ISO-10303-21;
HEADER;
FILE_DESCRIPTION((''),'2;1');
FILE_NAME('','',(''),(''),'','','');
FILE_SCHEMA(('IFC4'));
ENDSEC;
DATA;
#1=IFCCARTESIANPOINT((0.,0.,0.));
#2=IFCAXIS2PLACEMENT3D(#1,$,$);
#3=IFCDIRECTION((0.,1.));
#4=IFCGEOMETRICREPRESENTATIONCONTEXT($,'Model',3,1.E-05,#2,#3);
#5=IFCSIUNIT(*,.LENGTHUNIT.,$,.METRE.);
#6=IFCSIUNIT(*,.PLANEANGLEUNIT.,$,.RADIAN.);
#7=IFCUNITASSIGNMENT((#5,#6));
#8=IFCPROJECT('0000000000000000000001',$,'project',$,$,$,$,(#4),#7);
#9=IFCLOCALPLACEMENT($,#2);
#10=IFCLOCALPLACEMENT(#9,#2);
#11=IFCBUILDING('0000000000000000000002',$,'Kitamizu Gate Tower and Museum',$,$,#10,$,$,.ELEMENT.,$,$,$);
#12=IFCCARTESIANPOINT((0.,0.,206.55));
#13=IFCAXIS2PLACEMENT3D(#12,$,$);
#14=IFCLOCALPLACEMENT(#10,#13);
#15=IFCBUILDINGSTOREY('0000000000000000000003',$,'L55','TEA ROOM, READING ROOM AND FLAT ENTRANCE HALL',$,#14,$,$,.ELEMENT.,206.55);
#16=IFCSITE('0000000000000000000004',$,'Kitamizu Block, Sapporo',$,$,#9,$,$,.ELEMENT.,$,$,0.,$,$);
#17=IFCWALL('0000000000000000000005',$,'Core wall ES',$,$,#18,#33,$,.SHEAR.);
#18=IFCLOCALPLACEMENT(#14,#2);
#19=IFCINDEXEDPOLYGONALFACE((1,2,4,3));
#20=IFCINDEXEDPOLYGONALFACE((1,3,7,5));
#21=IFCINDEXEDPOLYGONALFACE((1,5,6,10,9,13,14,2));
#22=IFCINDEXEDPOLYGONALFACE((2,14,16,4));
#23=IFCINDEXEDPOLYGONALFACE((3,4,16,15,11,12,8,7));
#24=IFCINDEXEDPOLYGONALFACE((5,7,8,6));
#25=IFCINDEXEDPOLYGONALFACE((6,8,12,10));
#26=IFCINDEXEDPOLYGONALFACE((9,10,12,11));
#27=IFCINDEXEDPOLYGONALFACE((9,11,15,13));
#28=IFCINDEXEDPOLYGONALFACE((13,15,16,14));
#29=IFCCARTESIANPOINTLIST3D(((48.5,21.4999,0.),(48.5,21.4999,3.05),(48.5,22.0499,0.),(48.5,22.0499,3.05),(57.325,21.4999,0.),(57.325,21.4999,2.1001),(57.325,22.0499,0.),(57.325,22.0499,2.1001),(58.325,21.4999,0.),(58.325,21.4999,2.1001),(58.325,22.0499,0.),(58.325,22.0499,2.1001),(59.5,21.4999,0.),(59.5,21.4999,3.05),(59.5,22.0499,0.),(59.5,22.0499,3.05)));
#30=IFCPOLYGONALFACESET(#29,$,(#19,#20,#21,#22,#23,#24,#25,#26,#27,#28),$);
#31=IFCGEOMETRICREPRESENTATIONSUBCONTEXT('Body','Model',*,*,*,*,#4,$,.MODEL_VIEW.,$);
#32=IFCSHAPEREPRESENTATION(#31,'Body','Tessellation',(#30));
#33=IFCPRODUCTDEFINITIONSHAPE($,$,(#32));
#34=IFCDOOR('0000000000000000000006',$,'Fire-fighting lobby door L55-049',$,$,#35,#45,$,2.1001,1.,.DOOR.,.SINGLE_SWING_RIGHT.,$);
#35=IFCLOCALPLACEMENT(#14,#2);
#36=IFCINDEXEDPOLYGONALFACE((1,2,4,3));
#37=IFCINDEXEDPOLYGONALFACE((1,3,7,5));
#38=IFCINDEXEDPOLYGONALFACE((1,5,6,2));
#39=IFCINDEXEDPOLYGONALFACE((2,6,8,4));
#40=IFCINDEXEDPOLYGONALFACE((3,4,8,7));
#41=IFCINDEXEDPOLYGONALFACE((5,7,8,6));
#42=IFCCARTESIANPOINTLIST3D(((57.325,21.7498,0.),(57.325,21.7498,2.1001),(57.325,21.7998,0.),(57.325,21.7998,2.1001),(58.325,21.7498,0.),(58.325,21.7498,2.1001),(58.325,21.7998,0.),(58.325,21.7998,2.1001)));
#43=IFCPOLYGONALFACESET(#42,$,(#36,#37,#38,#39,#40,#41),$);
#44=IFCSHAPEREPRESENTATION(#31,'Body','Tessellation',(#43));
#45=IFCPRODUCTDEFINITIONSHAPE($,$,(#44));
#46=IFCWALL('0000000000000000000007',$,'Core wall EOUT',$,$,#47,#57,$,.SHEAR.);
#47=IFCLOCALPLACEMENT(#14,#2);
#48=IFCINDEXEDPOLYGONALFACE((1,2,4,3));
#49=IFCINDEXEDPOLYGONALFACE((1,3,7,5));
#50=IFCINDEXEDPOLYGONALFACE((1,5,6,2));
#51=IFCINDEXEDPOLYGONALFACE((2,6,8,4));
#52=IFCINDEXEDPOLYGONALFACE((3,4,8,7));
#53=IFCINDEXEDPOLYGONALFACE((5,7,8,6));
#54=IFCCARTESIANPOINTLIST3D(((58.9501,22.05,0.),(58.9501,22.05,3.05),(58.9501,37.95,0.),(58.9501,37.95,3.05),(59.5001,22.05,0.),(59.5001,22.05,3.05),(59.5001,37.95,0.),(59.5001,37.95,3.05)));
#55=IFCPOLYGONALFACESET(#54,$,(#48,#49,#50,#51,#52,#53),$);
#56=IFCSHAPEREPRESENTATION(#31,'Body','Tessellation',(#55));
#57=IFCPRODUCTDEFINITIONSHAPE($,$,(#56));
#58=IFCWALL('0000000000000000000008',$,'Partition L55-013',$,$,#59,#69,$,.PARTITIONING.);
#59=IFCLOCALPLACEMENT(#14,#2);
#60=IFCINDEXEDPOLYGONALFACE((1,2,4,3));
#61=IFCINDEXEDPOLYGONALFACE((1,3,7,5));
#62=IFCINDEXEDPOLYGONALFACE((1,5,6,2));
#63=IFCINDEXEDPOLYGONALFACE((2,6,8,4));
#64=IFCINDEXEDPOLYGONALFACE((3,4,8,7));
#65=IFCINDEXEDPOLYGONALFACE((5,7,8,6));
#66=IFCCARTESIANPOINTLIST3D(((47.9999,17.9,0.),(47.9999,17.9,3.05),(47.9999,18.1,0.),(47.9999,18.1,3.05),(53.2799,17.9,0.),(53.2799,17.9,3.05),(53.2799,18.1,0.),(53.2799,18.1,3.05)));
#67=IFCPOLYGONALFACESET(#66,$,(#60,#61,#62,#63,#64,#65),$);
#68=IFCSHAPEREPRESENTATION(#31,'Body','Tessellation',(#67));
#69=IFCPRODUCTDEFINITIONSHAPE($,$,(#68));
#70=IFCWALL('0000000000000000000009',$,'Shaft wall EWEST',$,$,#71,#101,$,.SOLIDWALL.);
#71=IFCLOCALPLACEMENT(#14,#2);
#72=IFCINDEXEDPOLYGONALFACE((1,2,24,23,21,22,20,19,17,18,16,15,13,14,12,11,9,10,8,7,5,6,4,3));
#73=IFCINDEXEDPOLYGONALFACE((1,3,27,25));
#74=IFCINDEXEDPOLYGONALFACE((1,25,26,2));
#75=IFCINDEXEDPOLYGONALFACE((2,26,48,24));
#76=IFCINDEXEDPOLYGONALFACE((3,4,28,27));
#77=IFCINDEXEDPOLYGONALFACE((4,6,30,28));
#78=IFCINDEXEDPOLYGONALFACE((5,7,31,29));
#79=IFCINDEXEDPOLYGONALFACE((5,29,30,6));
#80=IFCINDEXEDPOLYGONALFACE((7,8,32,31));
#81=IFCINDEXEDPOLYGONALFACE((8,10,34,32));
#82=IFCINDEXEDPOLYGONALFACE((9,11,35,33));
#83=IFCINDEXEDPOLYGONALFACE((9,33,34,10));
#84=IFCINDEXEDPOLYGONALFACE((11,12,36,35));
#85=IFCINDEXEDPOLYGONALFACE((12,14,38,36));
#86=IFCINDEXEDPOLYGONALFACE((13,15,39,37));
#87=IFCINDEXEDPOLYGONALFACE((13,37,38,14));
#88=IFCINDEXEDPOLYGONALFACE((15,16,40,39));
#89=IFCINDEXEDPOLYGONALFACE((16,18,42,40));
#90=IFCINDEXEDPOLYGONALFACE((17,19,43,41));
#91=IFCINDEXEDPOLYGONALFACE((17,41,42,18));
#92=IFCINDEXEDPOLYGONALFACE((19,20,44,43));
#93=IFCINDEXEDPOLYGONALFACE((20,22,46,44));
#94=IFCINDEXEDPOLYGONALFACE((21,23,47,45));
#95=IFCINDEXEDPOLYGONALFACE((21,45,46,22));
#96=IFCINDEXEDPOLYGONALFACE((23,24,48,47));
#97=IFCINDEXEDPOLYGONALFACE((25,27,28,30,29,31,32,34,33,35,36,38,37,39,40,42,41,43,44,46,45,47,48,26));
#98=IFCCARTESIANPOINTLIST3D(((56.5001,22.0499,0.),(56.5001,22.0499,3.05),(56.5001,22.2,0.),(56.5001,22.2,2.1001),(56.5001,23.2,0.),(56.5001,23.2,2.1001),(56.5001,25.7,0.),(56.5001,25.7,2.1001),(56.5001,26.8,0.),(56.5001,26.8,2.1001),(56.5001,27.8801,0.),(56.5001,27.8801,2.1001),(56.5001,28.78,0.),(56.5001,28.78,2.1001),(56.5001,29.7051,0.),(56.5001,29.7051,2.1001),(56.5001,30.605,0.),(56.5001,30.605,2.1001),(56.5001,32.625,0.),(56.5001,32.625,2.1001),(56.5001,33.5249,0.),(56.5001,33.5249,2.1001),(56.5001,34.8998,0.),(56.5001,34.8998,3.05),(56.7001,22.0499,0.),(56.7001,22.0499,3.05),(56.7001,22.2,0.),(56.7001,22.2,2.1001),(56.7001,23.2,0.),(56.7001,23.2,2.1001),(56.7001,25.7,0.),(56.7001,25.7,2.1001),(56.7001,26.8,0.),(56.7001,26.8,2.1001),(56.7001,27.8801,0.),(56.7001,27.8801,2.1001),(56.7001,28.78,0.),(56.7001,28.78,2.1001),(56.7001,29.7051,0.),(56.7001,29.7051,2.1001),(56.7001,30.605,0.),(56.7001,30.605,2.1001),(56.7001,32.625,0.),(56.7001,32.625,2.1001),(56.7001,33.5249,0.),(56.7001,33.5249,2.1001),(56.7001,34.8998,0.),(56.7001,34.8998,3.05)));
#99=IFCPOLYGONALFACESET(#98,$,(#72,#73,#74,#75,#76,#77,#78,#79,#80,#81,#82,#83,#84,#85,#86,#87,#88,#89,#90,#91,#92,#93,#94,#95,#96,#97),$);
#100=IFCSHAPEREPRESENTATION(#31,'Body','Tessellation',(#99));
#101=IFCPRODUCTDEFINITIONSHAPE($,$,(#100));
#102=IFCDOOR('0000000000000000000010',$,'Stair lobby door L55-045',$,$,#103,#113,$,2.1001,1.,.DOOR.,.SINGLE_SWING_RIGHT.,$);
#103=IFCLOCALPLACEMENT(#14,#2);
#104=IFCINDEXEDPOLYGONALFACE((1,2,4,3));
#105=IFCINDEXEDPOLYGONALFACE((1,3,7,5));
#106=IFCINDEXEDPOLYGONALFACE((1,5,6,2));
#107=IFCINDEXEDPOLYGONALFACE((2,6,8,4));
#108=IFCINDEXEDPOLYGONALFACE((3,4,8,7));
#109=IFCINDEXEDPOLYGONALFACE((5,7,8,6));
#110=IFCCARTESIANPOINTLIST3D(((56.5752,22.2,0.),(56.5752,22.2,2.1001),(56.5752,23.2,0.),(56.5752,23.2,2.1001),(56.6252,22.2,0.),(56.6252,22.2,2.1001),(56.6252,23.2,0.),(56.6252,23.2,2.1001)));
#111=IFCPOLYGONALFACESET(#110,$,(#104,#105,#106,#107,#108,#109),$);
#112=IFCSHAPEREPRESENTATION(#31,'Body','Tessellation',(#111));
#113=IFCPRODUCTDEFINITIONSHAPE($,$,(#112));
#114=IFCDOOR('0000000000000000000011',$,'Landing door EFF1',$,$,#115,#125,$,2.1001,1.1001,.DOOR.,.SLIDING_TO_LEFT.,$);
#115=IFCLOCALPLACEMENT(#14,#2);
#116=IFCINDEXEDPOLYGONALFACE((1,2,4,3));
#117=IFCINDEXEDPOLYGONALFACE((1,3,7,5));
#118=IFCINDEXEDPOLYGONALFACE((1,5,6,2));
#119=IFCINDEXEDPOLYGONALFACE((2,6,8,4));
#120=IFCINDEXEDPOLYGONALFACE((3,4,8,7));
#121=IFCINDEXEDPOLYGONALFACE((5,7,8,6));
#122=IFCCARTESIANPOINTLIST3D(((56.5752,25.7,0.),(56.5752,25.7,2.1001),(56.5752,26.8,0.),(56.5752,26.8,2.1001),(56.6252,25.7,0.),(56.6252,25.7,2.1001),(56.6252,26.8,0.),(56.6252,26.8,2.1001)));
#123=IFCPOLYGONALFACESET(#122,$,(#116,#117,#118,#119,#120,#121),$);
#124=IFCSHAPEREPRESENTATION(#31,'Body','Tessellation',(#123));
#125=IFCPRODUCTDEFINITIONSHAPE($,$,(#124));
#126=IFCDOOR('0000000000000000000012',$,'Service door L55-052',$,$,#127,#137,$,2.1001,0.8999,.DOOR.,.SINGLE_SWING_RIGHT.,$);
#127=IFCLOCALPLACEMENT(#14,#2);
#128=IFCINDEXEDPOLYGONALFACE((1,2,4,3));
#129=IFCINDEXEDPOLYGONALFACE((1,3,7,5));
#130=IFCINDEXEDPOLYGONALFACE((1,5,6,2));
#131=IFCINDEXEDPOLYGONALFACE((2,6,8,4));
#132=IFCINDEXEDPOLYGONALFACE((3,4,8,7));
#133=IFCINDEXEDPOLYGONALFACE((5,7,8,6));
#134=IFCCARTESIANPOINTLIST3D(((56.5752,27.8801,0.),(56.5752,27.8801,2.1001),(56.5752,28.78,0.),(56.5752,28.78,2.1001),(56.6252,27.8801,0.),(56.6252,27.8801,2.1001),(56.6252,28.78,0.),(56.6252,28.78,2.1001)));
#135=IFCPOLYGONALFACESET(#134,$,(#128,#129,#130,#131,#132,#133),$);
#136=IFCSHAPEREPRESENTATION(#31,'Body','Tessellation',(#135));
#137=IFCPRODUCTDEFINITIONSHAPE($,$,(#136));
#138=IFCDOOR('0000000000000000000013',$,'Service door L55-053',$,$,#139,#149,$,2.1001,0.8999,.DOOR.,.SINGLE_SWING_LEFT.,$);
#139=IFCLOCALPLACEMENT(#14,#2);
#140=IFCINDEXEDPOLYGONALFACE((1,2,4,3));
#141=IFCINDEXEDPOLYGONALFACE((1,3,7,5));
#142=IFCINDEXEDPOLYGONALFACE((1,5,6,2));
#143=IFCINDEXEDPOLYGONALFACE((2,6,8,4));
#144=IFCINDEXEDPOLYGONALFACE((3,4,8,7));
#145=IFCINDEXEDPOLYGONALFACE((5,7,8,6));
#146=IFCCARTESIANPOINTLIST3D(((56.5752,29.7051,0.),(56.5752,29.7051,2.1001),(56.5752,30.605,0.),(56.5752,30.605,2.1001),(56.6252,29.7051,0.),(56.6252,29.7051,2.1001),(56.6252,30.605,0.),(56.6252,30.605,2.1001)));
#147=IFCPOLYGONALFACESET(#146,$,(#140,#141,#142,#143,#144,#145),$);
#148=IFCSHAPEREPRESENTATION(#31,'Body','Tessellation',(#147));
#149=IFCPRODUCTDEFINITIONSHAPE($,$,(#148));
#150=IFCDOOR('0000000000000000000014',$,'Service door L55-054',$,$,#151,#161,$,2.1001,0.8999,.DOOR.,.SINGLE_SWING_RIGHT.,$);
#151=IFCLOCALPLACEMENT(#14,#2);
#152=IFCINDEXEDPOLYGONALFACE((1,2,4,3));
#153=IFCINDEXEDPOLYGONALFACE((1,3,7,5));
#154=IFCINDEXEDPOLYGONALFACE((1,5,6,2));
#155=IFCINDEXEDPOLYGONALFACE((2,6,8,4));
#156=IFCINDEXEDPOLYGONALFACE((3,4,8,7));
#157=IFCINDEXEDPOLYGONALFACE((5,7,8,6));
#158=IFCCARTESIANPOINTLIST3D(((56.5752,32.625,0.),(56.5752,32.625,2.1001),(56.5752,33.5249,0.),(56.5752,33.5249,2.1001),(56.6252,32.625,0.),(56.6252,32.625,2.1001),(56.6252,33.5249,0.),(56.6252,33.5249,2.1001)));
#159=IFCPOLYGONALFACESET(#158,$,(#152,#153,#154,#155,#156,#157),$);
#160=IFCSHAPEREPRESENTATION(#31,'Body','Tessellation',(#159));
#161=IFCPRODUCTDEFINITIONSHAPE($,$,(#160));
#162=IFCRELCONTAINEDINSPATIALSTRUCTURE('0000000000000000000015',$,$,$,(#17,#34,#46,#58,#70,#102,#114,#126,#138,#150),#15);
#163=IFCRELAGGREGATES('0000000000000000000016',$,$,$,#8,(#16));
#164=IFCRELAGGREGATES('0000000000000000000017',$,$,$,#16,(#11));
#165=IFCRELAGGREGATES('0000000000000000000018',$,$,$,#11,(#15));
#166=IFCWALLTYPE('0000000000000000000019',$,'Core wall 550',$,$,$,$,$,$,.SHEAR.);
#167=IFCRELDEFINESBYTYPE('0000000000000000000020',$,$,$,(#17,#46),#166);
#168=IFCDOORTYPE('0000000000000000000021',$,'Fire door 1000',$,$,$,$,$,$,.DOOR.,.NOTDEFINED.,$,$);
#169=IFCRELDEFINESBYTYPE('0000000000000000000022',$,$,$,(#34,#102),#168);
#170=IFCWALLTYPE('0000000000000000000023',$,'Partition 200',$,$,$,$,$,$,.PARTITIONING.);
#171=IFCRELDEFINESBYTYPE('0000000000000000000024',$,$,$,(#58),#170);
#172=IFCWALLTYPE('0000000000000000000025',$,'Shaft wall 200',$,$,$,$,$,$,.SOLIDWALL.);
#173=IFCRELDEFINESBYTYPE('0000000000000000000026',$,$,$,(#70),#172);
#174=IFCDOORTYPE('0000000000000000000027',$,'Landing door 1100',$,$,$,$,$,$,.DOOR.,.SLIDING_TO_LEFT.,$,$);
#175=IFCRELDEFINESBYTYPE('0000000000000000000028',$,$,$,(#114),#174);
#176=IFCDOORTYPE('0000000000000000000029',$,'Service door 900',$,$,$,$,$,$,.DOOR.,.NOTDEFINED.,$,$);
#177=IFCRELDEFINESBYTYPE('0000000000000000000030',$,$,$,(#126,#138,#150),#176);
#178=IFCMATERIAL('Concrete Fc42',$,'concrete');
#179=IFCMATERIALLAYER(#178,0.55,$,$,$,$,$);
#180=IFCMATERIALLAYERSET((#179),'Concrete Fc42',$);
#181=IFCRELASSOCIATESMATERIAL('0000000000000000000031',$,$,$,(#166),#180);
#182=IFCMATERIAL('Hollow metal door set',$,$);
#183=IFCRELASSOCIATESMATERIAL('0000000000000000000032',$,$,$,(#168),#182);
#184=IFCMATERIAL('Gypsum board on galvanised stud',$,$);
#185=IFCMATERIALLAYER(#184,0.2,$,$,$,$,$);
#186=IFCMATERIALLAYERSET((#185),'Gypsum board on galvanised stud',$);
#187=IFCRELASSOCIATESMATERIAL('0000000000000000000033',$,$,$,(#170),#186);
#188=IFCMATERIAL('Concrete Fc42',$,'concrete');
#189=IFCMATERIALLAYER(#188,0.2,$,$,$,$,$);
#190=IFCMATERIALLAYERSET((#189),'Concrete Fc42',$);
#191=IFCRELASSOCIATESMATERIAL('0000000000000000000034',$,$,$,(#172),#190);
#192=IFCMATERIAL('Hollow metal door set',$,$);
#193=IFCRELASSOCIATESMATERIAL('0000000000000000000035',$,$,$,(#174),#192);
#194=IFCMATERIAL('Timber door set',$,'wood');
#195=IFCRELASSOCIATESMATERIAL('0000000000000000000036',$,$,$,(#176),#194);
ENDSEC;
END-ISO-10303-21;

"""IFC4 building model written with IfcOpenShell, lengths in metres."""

from ifc_helpers import new_model, si_unit, direction, frame, frame_2d, origin, place, context, subcontext, project, spatial, rectangle, extrude, material, layer, layer_set, type_object, element, fill, save


model = new_model("IFC4")

# Units and contexts
model_context = context("Model", 3, precision=1e-05, world=origin(), true_north=direction((0.0, 1.0)))
body_context = subcontext(model_context, "Body", "Model", "MODEL_VIEW")
ifc_project = project(units=[si_unit("LENGTHUNIT", "METRE"), si_unit("PLANEANGLEUNIT", "RADIAN")], contexts=[model_context])

# Site, building, storey
site_placement = place(None, origin())
site = spatial("IfcSite", under=ifc_project, at=site_placement, Name="Kitamizu Block, Sapporo", CompositionType="ELEMENT", RefElevation=0.0)
building_placement = place(site_placement, origin())
building = spatial("IfcBuilding", under=site, at=building_placement, Name="Kitamizu Gate Tower and Museum", CompositionType="ELEMENT")
storey_placement = place(building_placement, frame((0.0, 0.0, 206.55)))
storey = spatial("IfcBuildingStorey", under=building, at=storey_placement, Name="L55", Description="TEA ROOM, READING ROOM AND FLAT ENTRANCE HALL", CompositionType="ELEMENT", Elevation=206.55)

# Wall, opening, door
ifc_material_1 = material(Name="Concrete Fc42", Category="concrete")
ifc_layer_1 = layer(ifc_material_1, 0.55)
ifc_layer_set_1 = layer_set([ifc_layer_1], Name="Concrete Fc42")
wall_type_1 = type_object("IfcWallType", Name="Core wall 550", PredefinedType="SHEAR", material=ifc_layer_set_1)
wall_1_placement = place(storey_placement, frame((59.5, 21.7749, 0.0), z_axis=(0.0, 0.0, 1.0), x_axis=(-1.0, 0.0, 0.0)))
wall_1 = element("IfcWall", 1, at=wall_1_placement, inside=storey, type_object=wall_type_1, Name="Core wall ES", PredefinedType="SHEAR", context=body_context, shape_type="SweptSolid", body=[
    extrude(rectangle(XDim=11.0, YDim=0.55, at=frame_2d((5.5, 0.0))), origin(), (0.0, 0.0, 1.0), 3.05),
])
opening_1_placement = place(wall_1_placement, frame((1.175, 0.0, 0.0)))
opening_1 = element("IfcOpeningElement", 2, at=opening_1_placement, cuts=wall_1, PredefinedType="OPENING", context=body_context, shape_type="SweptSolid", body=[
    extrude(rectangle(XDim=1.0, YDim=2.1001, at=frame_2d((0.5, 1.05))), frame((0.0, 0.2852, 0.0), z_axis=(0.0, -1.0, 0.0), x_axis=(1.0, 0.0, 0.0)), (0.0, 0.0, 1.0), 0.5701),
])
ifc_material_2 = material(Name="Hollow metal door set")
door_type_1 = type_object("IfcDoorType", Name="Fire door 1000", OperationType="NOTDEFINED", PredefinedType="DOOR", material=ifc_material_2)
door_1_placement = place(opening_1_placement, frame((1.0, 0.0, 0.0), x_axis=(-1.0, 0.0, 0.0)))
door_1 = element("IfcDoor", 3, at=door_1_placement, inside=storey, type_object=door_type_1, Name="Fire-fighting lobby door L55-049", OperationType="SINGLE_SWING_RIGHT", OverallHeight=2.1001, OverallWidth=1.0, PredefinedType="DOOR", context=body_context, shape_type="SweptSolid", body=[
    extrude(rectangle(XDim=1.0, YDim=2.1001, at=frame_2d((0.5, 1.05))), frame((0.0, 0.0249, 0.0), z_axis=(0.0, -1.0, 0.0), x_axis=(1.0, 0.0, 0.0)), (0.0, 0.0, 1.0), 0.05),
])
fill(opening_1, door_1)

# Walls
wall_2_placement = place(storey_placement, frame((59.2251, 22.05, 0.0), z_axis=(0.0, 0.0, 1.0), x_axis=(0.0, 1.0, 0.0)))
element("IfcWall", 4, at=wall_2_placement, inside=storey, type_object=wall_type_1, Name="Core wall EOUT", PredefinedType="SHEAR", context=body_context, shape_type="SweptSolid", body=[
    extrude(rectangle(XDim=15.8999, YDim=0.55, at=frame_2d((7.95, 0.0))), origin(), (0.0, 0.0, 1.0), 3.05),
])
ifc_material_3 = material(Name="Gypsum board on galvanised stud")
ifc_layer_2 = layer(ifc_material_3, 0.2)
ifc_layer_set_2 = layer_set([ifc_layer_2], Name="Gypsum board on galvanised stud")
wall_type_2 = type_object("IfcWallType", Name="Partition 200", PredefinedType="PARTITIONING", material=ifc_layer_set_2)
wall_3_placement = place(storey_placement, frame((53.28, 18.0, 0.0), z_axis=(0.0, 0.0, 1.0), x_axis=(-1.0, 0.0, 0.0)))
element("IfcWall", 5, at=wall_3_placement, inside=storey, type_object=wall_type_2, Name="Partition L55-013", PredefinedType="PARTITIONING", context=body_context, shape_type="SweptSolid", body=[
    extrude(rectangle(XDim=5.28, YDim=0.2, at=frame_2d((2.6401, 0.0))), origin(), (0.0, 0.0, 1.0), 3.05),
])

# Wall, openings, doors
ifc_material_4 = material(Name="Concrete Fc42", Category="concrete")
ifc_layer_3 = layer(ifc_material_4, 0.2)
ifc_layer_set_3 = layer_set([ifc_layer_3], Name="Concrete Fc42")
wall_type_3 = type_object("IfcWallType", Name="Shaft wall 200", PredefinedType="SOLIDWALL", material=ifc_layer_set_3)
wall_4_placement = place(storey_placement, frame((56.6001, 22.05, 0.0), z_axis=(0.0, 0.0, 1.0), x_axis=(0.0, 1.0, 0.0)))
wall_4 = element("IfcWall", 6, at=wall_4_placement, inside=storey, type_object=wall_type_3, Name="Shaft wall EWEST", PredefinedType="SOLIDWALL", context=body_context, shape_type="SweptSolid", body=[
    extrude(rectangle(XDim=12.8499, YDim=0.2, at=frame_2d((6.4248, 0.0))), origin(), (0.0, 0.0, 1.0), 3.05),
])
opening_2_placement = place(wall_4_placement, frame((3.6499, 0.0, 0.0)))
opening_2 = element("IfcOpeningElement", 7, at=opening_2_placement, cuts=wall_4, PredefinedType="OPENING", context=body_context, shape_type="SweptSolid", body=[
    extrude(rectangle(XDim=1.1001, YDim=2.1001, at=frame_2d((0.55, 1.05))), frame((0.0, 0.1099, 0.0), z_axis=(0.0, -1.0, 0.0), x_axis=(1.0, 0.0, 0.0)), (0.0, 0.0, 1.0), 0.22),
])
opening_3_placement = place(wall_4_placement, frame((0.1499, 0.0, 0.0)))
opening_3 = element("IfcOpeningElement", 8, at=opening_3_placement, cuts=wall_4, PredefinedType="OPENING", context=body_context, shape_type="SweptSolid", body=[
    extrude(rectangle(XDim=1.0, YDim=2.1001, at=frame_2d((0.5, 1.05))), frame((0.0, 0.1099, 0.0), z_axis=(0.0, -1.0, 0.0), x_axis=(1.0, 0.0, 0.0)), (0.0, 0.0, 1.0), 0.22),
])
opening_4_placement = place(wall_4_placement, frame((5.8301, 0.0, 0.0)))
opening_4 = element("IfcOpeningElement", 9, at=opening_4_placement, cuts=wall_4, PredefinedType="OPENING", context=body_context, shape_type="SweptSolid", body=[
    extrude(rectangle(XDim=0.8999, YDim=2.1001, at=frame_2d((0.45, 1.05))), frame((0.0, 0.1099, 0.0), z_axis=(0.0, -1.0, 0.0), x_axis=(1.0, 0.0, 0.0)), (0.0, 0.0, 1.0), 0.22),
])
opening_5_placement = place(wall_4_placement, frame((7.655, 0.0, 0.0)))
opening_5 = element("IfcOpeningElement", 10, at=opening_5_placement, cuts=wall_4, PredefinedType="OPENING", context=body_context, shape_type="SweptSolid", body=[
    extrude(rectangle(XDim=0.8999, YDim=2.1001, at=frame_2d((0.45, 1.05))), frame((0.0, 0.1099, 0.0), z_axis=(0.0, -1.0, 0.0), x_axis=(1.0, 0.0, 0.0)), (0.0, 0.0, 1.0), 0.22),
])
opening_6_placement = place(wall_4_placement, frame((10.575, 0.0, 0.0)))
opening_6 = element("IfcOpeningElement", 11, at=opening_6_placement, cuts=wall_4, PredefinedType="OPENING", context=body_context, shape_type="SweptSolid", body=[
    extrude(rectangle(XDim=0.8999, YDim=2.1001, at=frame_2d((0.45, 1.05))), frame((0.0, 0.1099, 0.0), z_axis=(0.0, -1.0, 0.0), x_axis=(1.0, 0.0, 0.0)), (0.0, 0.0, 1.0), 0.22),
])
door_2_placement = place(opening_3_placement, origin())
door_2 = element("IfcDoor", 12, at=door_2_placement, inside=storey, type_object=door_type_1, Name="Stair lobby door L55-045", OperationType="SINGLE_SWING_RIGHT", OverallHeight=2.1001, OverallWidth=1.0, PredefinedType="DOOR", context=body_context, shape_type="SweptSolid", body=[
    extrude(rectangle(XDim=1.0, YDim=2.1001, at=frame_2d((0.5, 1.05))), frame((0.0, 0.0249, 0.0), z_axis=(0.0, -1.0, 0.0), x_axis=(1.0, 0.0, 0.0)), (0.0, 0.0, 1.0), 0.05),
])
fill(opening_3, door_2)
ifc_material_5 = material(Name="Hollow metal door set")
door_type_2 = type_object("IfcDoorType", Name="Landing door 1100", OperationType="SLIDING_TO_LEFT", PredefinedType="DOOR", material=ifc_material_5)
door_3_placement = place(opening_2_placement, origin())
door_3 = element("IfcDoor", 13, at=door_3_placement, inside=storey, type_object=door_type_2, Name="Landing door EFF1", OperationType="SLIDING_TO_LEFT", OverallHeight=2.1001, OverallWidth=1.1001, PredefinedType="DOOR", context=body_context, shape_type="SweptSolid", body=[
    extrude(rectangle(XDim=1.1001, YDim=2.1001, at=frame_2d((0.55, 1.05))), frame((0.0, 0.0249, 0.0), z_axis=(0.0, -1.0, 0.0), x_axis=(1.0, 0.0, 0.0)), (0.0, 0.0, 1.0), 0.05),
])
fill(opening_2, door_3)
ifc_material_6 = material(Name="Timber door set", Category="wood")
door_type_3 = type_object("IfcDoorType", Name="Service door 900", OperationType="NOTDEFINED", PredefinedType="DOOR", material=ifc_material_6)
door_4_placement = place(opening_4_placement, origin())
door_4 = element("IfcDoor", 14, at=door_4_placement, inside=storey, type_object=door_type_3, Name="Service door L55-052", OperationType="SINGLE_SWING_RIGHT", OverallHeight=2.1001, OverallWidth=0.8999, PredefinedType="DOOR", context=body_context, shape_type="SweptSolid", body=[
    extrude(rectangle(XDim=0.8999, YDim=2.1001, at=frame_2d((0.45, 1.05))), frame((0.0, 0.0249, 0.0), z_axis=(0.0, -1.0, 0.0), x_axis=(1.0, 0.0, 0.0)), (0.0, 0.0, 1.0), 0.05),
])
fill(opening_4, door_4)
door_5_placement = place(opening_5_placement, origin())
door_5 = element("IfcDoor", 15, at=door_5_placement, inside=storey, type_object=door_type_3, Name="Service door L55-053", OperationType="SINGLE_SWING_LEFT", OverallHeight=2.1001, OverallWidth=0.8999, PredefinedType="DOOR", context=body_context, shape_type="SweptSolid", body=[
    extrude(rectangle(XDim=0.8999, YDim=2.1001, at=frame_2d((0.45, 1.05))), frame((0.0, 0.0249, 0.0), z_axis=(0.0, -1.0, 0.0), x_axis=(1.0, 0.0, 0.0)), (0.0, 0.0, 1.0), 0.05),
])
fill(opening_5, door_5)
door_6_placement = place(opening_6_placement, origin())
door_6 = element("IfcDoor", 16, at=door_6_placement, inside=storey, type_object=door_type_3, Name="Service door L55-054", OperationType="SINGLE_SWING_RIGHT", OverallHeight=2.1001, OverallWidth=0.8999, PredefinedType="DOOR", context=body_context, shape_type="SweptSolid", body=[
    extrude(rectangle(XDim=0.8999, YDim=2.1001, at=frame_2d((0.45, 1.05))), frame((0.0, 0.0249, 0.0), z_axis=(0.0, -1.0, 0.0), x_axis=(1.0, 0.0, 0.0)), (0.0, 0.0, 1.0), 0.05),
])
fill(opening_6, door_6)

save(model, "model.ifc")
